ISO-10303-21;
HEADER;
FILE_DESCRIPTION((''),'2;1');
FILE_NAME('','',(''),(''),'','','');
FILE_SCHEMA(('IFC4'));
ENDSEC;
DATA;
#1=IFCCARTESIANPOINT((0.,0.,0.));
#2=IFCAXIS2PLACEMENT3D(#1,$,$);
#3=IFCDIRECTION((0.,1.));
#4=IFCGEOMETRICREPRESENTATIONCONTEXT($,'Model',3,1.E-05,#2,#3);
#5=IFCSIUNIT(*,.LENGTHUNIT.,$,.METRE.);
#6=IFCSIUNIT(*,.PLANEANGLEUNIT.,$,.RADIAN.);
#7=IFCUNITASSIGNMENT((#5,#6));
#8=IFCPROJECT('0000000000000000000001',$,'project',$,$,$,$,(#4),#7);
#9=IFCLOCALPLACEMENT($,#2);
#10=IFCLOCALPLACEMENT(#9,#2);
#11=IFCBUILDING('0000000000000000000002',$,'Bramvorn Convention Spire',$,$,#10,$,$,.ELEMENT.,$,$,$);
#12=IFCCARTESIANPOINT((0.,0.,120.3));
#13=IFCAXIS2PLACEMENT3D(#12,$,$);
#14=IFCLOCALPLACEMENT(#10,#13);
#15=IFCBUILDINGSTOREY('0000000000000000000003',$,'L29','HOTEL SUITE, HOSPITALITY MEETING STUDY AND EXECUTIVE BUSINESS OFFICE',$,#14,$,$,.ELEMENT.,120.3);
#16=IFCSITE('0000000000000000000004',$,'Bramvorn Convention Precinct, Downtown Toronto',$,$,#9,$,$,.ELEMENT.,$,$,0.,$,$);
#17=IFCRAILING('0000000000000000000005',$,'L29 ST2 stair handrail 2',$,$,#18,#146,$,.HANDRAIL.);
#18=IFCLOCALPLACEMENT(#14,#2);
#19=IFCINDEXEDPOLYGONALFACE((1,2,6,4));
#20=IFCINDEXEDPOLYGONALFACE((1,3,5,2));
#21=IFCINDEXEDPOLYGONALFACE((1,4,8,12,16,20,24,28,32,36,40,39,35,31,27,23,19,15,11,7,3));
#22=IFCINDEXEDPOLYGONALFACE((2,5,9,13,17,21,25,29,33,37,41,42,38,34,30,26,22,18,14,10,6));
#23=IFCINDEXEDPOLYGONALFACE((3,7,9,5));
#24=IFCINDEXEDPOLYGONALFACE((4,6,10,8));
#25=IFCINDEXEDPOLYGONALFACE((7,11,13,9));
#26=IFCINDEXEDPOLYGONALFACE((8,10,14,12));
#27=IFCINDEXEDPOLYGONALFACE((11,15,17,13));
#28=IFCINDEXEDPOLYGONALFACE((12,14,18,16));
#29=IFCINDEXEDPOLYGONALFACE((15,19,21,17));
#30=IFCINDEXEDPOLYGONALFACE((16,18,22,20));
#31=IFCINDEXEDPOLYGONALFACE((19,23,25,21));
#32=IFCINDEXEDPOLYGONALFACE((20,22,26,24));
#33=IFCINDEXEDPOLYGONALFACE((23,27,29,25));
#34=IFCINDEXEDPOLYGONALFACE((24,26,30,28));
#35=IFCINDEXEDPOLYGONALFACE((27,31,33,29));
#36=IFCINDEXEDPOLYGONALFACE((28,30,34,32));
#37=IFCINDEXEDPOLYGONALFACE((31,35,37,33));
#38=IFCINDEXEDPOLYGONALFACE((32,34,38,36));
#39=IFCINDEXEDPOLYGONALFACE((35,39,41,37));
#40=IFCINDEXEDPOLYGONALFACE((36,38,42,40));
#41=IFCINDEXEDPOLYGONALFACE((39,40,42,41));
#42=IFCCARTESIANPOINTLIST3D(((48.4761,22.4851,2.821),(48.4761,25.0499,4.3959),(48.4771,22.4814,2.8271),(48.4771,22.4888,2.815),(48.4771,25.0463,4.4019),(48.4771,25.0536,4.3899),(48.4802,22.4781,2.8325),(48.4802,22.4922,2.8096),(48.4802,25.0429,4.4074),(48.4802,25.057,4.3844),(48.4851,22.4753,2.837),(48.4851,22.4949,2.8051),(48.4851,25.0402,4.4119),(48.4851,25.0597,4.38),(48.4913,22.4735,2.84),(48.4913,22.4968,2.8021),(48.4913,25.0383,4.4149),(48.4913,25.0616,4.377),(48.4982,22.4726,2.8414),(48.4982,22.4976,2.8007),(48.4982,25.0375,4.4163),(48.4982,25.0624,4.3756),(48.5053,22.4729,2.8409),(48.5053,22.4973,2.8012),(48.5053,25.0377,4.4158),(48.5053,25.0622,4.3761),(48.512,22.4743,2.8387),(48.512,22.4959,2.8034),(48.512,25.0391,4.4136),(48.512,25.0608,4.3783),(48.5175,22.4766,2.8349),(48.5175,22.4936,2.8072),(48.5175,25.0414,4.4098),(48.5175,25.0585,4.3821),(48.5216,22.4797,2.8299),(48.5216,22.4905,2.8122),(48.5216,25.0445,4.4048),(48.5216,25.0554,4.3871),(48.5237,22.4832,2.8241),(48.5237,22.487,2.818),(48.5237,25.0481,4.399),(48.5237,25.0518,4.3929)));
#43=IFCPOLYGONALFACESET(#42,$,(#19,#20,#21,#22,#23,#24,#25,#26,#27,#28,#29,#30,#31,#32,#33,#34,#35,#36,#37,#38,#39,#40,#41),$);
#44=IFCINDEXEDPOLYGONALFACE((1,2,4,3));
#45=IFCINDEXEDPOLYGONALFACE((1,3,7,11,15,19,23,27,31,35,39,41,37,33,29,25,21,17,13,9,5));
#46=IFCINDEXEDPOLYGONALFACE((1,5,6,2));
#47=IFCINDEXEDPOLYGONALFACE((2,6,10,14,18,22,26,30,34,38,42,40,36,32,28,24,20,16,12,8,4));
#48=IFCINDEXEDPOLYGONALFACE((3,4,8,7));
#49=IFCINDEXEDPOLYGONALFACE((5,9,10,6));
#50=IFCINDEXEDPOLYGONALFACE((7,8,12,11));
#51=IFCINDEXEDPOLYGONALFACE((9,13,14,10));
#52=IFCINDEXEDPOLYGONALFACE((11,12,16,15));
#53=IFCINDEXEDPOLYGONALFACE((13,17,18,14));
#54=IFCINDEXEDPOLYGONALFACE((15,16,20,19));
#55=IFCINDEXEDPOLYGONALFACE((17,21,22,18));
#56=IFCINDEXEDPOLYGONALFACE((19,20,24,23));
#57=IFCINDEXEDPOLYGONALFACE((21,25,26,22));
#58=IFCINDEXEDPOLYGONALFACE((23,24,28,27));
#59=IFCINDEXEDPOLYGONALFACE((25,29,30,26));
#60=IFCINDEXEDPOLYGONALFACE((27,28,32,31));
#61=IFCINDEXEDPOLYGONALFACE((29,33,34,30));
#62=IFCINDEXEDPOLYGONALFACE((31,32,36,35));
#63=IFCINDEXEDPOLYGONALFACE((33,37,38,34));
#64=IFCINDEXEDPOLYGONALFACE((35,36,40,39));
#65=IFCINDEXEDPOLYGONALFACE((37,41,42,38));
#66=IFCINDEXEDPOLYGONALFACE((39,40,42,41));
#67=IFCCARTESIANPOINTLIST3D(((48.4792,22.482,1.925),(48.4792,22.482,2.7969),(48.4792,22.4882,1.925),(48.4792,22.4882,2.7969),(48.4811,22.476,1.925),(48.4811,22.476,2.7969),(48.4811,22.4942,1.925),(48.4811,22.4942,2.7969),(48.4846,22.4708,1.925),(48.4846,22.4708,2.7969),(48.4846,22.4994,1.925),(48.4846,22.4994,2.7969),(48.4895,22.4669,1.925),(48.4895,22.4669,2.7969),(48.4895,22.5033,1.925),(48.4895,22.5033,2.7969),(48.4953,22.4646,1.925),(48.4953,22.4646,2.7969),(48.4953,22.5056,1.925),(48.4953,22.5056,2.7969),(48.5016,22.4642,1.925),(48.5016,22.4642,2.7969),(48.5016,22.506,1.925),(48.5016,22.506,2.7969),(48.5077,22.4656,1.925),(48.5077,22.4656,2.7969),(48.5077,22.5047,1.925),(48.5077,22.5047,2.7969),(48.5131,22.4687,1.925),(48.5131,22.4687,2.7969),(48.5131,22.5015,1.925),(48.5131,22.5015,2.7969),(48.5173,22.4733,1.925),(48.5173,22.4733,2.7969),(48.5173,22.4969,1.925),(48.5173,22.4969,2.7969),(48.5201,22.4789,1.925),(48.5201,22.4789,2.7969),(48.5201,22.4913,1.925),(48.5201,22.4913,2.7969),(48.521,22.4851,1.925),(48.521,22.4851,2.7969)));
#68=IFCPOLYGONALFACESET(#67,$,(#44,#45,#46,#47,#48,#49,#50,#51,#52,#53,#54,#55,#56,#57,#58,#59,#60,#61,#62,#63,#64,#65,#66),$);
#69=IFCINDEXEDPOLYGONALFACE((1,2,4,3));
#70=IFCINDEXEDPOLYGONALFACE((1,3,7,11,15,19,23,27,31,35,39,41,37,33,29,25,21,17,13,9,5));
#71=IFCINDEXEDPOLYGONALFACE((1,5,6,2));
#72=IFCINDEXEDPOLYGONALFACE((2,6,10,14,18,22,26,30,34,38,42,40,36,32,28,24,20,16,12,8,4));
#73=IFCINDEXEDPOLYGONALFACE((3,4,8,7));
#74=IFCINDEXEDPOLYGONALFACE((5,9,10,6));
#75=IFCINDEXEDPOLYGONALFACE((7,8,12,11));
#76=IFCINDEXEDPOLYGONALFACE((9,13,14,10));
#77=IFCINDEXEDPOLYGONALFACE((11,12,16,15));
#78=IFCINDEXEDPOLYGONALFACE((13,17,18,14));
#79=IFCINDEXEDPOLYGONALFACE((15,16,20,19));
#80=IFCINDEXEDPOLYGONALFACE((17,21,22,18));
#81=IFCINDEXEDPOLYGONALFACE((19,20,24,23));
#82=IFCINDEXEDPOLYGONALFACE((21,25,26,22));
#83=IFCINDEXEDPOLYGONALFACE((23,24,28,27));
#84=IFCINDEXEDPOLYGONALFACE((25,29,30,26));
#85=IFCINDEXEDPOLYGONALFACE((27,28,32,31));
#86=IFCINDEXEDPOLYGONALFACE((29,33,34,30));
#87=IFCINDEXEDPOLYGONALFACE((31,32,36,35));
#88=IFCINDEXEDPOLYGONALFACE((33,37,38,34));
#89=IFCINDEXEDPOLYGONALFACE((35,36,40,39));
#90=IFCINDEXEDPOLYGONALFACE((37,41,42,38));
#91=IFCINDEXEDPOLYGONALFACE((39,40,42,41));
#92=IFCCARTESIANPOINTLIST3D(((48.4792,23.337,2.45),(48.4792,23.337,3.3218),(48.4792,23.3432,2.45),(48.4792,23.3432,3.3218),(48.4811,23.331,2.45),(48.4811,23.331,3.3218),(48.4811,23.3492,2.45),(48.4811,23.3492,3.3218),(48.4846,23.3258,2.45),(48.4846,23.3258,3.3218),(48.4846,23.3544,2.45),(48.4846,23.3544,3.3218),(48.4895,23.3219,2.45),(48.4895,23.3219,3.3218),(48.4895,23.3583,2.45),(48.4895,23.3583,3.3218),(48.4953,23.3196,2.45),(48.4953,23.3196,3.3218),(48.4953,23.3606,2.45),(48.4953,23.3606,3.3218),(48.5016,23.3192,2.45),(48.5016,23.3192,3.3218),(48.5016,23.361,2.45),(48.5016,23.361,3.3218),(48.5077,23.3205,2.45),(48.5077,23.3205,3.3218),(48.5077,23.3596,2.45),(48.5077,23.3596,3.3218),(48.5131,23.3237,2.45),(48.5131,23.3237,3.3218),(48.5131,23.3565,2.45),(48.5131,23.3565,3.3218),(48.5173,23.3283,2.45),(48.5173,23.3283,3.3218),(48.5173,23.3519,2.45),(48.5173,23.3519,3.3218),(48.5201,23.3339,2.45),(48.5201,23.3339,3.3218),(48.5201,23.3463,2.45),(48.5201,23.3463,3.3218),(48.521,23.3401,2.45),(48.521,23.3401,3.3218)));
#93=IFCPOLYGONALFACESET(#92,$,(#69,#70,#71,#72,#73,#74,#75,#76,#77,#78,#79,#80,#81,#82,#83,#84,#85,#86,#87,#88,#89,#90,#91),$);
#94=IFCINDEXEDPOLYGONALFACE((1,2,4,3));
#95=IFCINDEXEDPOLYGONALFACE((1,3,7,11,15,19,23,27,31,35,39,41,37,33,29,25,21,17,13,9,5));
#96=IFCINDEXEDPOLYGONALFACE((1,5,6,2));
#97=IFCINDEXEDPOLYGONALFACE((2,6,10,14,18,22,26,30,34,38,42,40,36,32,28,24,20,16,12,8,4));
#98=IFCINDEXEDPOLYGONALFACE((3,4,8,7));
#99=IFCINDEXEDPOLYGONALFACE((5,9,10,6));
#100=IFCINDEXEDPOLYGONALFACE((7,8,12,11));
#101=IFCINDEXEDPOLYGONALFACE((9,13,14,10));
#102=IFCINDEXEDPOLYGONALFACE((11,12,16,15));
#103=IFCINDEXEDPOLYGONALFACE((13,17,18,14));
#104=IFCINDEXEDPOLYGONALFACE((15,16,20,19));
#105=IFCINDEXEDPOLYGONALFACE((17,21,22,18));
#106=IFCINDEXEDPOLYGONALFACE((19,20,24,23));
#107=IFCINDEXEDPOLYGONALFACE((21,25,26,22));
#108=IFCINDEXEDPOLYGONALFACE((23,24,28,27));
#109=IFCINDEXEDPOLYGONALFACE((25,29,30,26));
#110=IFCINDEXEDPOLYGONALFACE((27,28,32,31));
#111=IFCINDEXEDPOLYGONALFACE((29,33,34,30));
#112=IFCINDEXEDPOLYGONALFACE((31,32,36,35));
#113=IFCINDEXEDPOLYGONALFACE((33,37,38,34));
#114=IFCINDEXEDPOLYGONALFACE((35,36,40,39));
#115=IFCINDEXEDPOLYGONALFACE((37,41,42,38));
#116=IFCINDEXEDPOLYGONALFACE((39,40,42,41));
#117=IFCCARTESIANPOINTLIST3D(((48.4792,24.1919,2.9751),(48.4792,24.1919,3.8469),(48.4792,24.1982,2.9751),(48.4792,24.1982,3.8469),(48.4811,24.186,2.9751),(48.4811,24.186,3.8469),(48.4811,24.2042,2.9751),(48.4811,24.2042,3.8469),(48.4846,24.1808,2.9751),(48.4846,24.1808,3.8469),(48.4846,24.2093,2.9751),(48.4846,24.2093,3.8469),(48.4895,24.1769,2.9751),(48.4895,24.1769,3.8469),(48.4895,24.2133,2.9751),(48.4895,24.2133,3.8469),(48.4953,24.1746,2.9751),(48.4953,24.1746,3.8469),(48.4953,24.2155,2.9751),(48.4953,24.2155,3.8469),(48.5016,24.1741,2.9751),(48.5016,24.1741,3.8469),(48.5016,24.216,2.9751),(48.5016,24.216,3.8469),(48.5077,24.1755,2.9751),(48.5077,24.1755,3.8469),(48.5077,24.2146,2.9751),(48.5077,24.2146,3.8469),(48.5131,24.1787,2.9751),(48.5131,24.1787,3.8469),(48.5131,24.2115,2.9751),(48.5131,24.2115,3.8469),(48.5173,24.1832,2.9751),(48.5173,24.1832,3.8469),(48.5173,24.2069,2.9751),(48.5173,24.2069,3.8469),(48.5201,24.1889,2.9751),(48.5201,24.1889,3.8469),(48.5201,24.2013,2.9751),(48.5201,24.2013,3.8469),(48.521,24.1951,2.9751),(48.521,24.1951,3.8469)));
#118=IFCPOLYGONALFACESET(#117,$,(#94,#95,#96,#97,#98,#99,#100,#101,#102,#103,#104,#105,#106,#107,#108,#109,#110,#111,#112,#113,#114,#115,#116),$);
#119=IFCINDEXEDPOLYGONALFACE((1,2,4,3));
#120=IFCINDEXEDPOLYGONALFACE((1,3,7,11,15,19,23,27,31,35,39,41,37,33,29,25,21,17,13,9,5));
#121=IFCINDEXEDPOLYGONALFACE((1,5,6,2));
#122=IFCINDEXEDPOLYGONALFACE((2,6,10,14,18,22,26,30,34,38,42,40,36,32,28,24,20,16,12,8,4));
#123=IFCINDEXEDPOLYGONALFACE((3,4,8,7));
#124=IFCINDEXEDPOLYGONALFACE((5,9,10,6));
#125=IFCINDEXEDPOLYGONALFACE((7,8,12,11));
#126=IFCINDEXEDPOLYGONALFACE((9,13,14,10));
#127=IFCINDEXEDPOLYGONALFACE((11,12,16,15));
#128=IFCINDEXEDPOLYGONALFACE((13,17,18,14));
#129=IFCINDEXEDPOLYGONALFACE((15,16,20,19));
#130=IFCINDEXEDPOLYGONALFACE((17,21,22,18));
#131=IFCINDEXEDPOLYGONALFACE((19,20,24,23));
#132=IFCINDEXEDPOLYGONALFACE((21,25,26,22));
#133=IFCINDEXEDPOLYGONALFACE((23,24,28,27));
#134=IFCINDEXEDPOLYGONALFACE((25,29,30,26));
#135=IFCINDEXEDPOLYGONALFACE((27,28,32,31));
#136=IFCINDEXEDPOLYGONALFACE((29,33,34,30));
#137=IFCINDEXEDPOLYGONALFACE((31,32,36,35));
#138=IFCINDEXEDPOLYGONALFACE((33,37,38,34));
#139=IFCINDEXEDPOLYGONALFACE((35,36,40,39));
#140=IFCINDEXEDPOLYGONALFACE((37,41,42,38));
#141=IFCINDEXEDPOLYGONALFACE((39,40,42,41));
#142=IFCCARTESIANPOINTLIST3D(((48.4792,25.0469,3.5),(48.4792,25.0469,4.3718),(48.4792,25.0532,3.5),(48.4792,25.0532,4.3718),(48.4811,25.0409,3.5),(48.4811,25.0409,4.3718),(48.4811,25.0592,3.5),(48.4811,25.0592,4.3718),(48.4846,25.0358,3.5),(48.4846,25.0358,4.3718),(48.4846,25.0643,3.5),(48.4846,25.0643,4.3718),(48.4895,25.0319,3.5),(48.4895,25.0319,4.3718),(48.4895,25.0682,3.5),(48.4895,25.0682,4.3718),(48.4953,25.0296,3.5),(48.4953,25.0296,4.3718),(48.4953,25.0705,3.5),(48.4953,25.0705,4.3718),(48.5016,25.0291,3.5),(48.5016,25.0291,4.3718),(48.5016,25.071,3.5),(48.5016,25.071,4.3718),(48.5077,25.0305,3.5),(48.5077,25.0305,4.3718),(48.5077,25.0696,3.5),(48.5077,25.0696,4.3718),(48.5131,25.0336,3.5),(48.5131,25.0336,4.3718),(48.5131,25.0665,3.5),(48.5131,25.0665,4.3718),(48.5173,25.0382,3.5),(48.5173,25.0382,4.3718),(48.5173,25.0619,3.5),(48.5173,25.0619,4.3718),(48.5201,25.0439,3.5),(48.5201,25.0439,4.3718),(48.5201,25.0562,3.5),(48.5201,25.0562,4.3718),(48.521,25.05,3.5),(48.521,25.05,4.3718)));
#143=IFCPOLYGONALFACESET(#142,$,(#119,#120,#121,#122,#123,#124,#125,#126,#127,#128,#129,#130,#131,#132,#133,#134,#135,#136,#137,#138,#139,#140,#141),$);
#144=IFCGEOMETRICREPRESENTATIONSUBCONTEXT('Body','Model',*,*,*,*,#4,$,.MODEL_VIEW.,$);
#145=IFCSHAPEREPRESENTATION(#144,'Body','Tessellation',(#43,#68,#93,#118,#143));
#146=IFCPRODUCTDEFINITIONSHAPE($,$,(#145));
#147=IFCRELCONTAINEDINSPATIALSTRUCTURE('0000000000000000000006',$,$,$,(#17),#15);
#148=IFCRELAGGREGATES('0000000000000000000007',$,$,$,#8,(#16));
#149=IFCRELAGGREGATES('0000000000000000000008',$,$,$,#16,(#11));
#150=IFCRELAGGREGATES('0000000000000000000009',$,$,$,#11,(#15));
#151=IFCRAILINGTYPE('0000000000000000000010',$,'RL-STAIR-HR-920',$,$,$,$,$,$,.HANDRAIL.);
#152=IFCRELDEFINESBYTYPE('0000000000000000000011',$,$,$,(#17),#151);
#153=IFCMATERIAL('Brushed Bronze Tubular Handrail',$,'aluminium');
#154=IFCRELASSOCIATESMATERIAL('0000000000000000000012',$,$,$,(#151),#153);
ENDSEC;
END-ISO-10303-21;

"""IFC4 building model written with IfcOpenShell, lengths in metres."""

from ifc_helpers import new_model, si_unit, direction, frame, origin, origin_2d, place, context, subcontext, project, spatial, circle, extrude, material, type_object, element, save


model = new_model("IFC4")

# Units and contexts
model_context = context("Model", 3, precision=1e-05, world=origin(), true_north=direction((0.0, 1.0)))
body_context = subcontext(model_context, "Body", "Model", "MODEL_VIEW")
ifc_project = project(units=[si_unit("LENGTHUNIT", "METRE"), si_unit("PLANEANGLEUNIT", "RADIAN")], contexts=[model_context])

# Site, building, storey
site_placement = place(None, origin())
site = spatial("IfcSite", under=ifc_project, at=site_placement, Name="Bramvorn Convention Precinct, Downtown Toronto", CompositionType="ELEMENT", RefElevation=0.0)
building_placement = place(site_placement, origin())
building = spatial("IfcBuilding", under=site, at=building_placement, Name="Bramvorn Convention Spire", CompositionType="ELEMENT")
storey_placement = place(building_placement, frame((0.0, 0.0, 120.3)))
storey = spatial("IfcBuildingStorey", under=building, at=storey_placement, Name="L29", Description="HOTEL SUITE, HOSPITALITY MEETING STUDY AND EXECUTIVE BUSINESS OFFICE", CompositionType="ELEMENT", Elevation=120.3)

# Railing
ifc_material_1 = material(Name="Brushed Bronze Tubular Handrail", Category="aluminium")
railing_type_1 = type_object("IfcRailingType", Name="RL-STAIR-HR-920", PredefinedType="HANDRAIL", material=ifc_material_1)
railing_1_placement = place(storey_placement, frame((48.5, 22.4851, 1.925)))
element("IfcRailing", 1, at=railing_1_placement, inside=storey, type_object=railing_type_1, Name="L29 ST2 stair handrail 2", PredefinedType="HANDRAIL", context=body_context, shape_type="SweptSolid", body=[
    extrude(circle(Radius=0.0239, at=origin_2d()), frame((0.0, 0.0, 0.896), z_axis=(0.0, 0.852173, 0.52326), x_axis=(-1.0, 0.0, 0.0)), (0.0, 0.0, 1.0), 3.0098),
    extrude(circle(Radius=0.021, at=origin_2d()), origin(), (0.0, 0.0, 1.0), 0.8718),
    extrude(circle(Radius=0.021, at=origin_2d()), frame((0.0, 0.855, 0.5249)), (0.0, 0.0, 1.0), 0.8718),
    extrude(circle(Radius=0.021, at=origin_2d()), frame((0.0, 1.71, 1.05)), (0.0, 0.0, 1.0), 0.8718),
    extrude(circle(Radius=0.021, at=origin_2d()), frame((0.0, 2.5649, 1.575)), (0.0, 0.0, 1.0), 0.8718),
])

save(model, "model.ifc")
